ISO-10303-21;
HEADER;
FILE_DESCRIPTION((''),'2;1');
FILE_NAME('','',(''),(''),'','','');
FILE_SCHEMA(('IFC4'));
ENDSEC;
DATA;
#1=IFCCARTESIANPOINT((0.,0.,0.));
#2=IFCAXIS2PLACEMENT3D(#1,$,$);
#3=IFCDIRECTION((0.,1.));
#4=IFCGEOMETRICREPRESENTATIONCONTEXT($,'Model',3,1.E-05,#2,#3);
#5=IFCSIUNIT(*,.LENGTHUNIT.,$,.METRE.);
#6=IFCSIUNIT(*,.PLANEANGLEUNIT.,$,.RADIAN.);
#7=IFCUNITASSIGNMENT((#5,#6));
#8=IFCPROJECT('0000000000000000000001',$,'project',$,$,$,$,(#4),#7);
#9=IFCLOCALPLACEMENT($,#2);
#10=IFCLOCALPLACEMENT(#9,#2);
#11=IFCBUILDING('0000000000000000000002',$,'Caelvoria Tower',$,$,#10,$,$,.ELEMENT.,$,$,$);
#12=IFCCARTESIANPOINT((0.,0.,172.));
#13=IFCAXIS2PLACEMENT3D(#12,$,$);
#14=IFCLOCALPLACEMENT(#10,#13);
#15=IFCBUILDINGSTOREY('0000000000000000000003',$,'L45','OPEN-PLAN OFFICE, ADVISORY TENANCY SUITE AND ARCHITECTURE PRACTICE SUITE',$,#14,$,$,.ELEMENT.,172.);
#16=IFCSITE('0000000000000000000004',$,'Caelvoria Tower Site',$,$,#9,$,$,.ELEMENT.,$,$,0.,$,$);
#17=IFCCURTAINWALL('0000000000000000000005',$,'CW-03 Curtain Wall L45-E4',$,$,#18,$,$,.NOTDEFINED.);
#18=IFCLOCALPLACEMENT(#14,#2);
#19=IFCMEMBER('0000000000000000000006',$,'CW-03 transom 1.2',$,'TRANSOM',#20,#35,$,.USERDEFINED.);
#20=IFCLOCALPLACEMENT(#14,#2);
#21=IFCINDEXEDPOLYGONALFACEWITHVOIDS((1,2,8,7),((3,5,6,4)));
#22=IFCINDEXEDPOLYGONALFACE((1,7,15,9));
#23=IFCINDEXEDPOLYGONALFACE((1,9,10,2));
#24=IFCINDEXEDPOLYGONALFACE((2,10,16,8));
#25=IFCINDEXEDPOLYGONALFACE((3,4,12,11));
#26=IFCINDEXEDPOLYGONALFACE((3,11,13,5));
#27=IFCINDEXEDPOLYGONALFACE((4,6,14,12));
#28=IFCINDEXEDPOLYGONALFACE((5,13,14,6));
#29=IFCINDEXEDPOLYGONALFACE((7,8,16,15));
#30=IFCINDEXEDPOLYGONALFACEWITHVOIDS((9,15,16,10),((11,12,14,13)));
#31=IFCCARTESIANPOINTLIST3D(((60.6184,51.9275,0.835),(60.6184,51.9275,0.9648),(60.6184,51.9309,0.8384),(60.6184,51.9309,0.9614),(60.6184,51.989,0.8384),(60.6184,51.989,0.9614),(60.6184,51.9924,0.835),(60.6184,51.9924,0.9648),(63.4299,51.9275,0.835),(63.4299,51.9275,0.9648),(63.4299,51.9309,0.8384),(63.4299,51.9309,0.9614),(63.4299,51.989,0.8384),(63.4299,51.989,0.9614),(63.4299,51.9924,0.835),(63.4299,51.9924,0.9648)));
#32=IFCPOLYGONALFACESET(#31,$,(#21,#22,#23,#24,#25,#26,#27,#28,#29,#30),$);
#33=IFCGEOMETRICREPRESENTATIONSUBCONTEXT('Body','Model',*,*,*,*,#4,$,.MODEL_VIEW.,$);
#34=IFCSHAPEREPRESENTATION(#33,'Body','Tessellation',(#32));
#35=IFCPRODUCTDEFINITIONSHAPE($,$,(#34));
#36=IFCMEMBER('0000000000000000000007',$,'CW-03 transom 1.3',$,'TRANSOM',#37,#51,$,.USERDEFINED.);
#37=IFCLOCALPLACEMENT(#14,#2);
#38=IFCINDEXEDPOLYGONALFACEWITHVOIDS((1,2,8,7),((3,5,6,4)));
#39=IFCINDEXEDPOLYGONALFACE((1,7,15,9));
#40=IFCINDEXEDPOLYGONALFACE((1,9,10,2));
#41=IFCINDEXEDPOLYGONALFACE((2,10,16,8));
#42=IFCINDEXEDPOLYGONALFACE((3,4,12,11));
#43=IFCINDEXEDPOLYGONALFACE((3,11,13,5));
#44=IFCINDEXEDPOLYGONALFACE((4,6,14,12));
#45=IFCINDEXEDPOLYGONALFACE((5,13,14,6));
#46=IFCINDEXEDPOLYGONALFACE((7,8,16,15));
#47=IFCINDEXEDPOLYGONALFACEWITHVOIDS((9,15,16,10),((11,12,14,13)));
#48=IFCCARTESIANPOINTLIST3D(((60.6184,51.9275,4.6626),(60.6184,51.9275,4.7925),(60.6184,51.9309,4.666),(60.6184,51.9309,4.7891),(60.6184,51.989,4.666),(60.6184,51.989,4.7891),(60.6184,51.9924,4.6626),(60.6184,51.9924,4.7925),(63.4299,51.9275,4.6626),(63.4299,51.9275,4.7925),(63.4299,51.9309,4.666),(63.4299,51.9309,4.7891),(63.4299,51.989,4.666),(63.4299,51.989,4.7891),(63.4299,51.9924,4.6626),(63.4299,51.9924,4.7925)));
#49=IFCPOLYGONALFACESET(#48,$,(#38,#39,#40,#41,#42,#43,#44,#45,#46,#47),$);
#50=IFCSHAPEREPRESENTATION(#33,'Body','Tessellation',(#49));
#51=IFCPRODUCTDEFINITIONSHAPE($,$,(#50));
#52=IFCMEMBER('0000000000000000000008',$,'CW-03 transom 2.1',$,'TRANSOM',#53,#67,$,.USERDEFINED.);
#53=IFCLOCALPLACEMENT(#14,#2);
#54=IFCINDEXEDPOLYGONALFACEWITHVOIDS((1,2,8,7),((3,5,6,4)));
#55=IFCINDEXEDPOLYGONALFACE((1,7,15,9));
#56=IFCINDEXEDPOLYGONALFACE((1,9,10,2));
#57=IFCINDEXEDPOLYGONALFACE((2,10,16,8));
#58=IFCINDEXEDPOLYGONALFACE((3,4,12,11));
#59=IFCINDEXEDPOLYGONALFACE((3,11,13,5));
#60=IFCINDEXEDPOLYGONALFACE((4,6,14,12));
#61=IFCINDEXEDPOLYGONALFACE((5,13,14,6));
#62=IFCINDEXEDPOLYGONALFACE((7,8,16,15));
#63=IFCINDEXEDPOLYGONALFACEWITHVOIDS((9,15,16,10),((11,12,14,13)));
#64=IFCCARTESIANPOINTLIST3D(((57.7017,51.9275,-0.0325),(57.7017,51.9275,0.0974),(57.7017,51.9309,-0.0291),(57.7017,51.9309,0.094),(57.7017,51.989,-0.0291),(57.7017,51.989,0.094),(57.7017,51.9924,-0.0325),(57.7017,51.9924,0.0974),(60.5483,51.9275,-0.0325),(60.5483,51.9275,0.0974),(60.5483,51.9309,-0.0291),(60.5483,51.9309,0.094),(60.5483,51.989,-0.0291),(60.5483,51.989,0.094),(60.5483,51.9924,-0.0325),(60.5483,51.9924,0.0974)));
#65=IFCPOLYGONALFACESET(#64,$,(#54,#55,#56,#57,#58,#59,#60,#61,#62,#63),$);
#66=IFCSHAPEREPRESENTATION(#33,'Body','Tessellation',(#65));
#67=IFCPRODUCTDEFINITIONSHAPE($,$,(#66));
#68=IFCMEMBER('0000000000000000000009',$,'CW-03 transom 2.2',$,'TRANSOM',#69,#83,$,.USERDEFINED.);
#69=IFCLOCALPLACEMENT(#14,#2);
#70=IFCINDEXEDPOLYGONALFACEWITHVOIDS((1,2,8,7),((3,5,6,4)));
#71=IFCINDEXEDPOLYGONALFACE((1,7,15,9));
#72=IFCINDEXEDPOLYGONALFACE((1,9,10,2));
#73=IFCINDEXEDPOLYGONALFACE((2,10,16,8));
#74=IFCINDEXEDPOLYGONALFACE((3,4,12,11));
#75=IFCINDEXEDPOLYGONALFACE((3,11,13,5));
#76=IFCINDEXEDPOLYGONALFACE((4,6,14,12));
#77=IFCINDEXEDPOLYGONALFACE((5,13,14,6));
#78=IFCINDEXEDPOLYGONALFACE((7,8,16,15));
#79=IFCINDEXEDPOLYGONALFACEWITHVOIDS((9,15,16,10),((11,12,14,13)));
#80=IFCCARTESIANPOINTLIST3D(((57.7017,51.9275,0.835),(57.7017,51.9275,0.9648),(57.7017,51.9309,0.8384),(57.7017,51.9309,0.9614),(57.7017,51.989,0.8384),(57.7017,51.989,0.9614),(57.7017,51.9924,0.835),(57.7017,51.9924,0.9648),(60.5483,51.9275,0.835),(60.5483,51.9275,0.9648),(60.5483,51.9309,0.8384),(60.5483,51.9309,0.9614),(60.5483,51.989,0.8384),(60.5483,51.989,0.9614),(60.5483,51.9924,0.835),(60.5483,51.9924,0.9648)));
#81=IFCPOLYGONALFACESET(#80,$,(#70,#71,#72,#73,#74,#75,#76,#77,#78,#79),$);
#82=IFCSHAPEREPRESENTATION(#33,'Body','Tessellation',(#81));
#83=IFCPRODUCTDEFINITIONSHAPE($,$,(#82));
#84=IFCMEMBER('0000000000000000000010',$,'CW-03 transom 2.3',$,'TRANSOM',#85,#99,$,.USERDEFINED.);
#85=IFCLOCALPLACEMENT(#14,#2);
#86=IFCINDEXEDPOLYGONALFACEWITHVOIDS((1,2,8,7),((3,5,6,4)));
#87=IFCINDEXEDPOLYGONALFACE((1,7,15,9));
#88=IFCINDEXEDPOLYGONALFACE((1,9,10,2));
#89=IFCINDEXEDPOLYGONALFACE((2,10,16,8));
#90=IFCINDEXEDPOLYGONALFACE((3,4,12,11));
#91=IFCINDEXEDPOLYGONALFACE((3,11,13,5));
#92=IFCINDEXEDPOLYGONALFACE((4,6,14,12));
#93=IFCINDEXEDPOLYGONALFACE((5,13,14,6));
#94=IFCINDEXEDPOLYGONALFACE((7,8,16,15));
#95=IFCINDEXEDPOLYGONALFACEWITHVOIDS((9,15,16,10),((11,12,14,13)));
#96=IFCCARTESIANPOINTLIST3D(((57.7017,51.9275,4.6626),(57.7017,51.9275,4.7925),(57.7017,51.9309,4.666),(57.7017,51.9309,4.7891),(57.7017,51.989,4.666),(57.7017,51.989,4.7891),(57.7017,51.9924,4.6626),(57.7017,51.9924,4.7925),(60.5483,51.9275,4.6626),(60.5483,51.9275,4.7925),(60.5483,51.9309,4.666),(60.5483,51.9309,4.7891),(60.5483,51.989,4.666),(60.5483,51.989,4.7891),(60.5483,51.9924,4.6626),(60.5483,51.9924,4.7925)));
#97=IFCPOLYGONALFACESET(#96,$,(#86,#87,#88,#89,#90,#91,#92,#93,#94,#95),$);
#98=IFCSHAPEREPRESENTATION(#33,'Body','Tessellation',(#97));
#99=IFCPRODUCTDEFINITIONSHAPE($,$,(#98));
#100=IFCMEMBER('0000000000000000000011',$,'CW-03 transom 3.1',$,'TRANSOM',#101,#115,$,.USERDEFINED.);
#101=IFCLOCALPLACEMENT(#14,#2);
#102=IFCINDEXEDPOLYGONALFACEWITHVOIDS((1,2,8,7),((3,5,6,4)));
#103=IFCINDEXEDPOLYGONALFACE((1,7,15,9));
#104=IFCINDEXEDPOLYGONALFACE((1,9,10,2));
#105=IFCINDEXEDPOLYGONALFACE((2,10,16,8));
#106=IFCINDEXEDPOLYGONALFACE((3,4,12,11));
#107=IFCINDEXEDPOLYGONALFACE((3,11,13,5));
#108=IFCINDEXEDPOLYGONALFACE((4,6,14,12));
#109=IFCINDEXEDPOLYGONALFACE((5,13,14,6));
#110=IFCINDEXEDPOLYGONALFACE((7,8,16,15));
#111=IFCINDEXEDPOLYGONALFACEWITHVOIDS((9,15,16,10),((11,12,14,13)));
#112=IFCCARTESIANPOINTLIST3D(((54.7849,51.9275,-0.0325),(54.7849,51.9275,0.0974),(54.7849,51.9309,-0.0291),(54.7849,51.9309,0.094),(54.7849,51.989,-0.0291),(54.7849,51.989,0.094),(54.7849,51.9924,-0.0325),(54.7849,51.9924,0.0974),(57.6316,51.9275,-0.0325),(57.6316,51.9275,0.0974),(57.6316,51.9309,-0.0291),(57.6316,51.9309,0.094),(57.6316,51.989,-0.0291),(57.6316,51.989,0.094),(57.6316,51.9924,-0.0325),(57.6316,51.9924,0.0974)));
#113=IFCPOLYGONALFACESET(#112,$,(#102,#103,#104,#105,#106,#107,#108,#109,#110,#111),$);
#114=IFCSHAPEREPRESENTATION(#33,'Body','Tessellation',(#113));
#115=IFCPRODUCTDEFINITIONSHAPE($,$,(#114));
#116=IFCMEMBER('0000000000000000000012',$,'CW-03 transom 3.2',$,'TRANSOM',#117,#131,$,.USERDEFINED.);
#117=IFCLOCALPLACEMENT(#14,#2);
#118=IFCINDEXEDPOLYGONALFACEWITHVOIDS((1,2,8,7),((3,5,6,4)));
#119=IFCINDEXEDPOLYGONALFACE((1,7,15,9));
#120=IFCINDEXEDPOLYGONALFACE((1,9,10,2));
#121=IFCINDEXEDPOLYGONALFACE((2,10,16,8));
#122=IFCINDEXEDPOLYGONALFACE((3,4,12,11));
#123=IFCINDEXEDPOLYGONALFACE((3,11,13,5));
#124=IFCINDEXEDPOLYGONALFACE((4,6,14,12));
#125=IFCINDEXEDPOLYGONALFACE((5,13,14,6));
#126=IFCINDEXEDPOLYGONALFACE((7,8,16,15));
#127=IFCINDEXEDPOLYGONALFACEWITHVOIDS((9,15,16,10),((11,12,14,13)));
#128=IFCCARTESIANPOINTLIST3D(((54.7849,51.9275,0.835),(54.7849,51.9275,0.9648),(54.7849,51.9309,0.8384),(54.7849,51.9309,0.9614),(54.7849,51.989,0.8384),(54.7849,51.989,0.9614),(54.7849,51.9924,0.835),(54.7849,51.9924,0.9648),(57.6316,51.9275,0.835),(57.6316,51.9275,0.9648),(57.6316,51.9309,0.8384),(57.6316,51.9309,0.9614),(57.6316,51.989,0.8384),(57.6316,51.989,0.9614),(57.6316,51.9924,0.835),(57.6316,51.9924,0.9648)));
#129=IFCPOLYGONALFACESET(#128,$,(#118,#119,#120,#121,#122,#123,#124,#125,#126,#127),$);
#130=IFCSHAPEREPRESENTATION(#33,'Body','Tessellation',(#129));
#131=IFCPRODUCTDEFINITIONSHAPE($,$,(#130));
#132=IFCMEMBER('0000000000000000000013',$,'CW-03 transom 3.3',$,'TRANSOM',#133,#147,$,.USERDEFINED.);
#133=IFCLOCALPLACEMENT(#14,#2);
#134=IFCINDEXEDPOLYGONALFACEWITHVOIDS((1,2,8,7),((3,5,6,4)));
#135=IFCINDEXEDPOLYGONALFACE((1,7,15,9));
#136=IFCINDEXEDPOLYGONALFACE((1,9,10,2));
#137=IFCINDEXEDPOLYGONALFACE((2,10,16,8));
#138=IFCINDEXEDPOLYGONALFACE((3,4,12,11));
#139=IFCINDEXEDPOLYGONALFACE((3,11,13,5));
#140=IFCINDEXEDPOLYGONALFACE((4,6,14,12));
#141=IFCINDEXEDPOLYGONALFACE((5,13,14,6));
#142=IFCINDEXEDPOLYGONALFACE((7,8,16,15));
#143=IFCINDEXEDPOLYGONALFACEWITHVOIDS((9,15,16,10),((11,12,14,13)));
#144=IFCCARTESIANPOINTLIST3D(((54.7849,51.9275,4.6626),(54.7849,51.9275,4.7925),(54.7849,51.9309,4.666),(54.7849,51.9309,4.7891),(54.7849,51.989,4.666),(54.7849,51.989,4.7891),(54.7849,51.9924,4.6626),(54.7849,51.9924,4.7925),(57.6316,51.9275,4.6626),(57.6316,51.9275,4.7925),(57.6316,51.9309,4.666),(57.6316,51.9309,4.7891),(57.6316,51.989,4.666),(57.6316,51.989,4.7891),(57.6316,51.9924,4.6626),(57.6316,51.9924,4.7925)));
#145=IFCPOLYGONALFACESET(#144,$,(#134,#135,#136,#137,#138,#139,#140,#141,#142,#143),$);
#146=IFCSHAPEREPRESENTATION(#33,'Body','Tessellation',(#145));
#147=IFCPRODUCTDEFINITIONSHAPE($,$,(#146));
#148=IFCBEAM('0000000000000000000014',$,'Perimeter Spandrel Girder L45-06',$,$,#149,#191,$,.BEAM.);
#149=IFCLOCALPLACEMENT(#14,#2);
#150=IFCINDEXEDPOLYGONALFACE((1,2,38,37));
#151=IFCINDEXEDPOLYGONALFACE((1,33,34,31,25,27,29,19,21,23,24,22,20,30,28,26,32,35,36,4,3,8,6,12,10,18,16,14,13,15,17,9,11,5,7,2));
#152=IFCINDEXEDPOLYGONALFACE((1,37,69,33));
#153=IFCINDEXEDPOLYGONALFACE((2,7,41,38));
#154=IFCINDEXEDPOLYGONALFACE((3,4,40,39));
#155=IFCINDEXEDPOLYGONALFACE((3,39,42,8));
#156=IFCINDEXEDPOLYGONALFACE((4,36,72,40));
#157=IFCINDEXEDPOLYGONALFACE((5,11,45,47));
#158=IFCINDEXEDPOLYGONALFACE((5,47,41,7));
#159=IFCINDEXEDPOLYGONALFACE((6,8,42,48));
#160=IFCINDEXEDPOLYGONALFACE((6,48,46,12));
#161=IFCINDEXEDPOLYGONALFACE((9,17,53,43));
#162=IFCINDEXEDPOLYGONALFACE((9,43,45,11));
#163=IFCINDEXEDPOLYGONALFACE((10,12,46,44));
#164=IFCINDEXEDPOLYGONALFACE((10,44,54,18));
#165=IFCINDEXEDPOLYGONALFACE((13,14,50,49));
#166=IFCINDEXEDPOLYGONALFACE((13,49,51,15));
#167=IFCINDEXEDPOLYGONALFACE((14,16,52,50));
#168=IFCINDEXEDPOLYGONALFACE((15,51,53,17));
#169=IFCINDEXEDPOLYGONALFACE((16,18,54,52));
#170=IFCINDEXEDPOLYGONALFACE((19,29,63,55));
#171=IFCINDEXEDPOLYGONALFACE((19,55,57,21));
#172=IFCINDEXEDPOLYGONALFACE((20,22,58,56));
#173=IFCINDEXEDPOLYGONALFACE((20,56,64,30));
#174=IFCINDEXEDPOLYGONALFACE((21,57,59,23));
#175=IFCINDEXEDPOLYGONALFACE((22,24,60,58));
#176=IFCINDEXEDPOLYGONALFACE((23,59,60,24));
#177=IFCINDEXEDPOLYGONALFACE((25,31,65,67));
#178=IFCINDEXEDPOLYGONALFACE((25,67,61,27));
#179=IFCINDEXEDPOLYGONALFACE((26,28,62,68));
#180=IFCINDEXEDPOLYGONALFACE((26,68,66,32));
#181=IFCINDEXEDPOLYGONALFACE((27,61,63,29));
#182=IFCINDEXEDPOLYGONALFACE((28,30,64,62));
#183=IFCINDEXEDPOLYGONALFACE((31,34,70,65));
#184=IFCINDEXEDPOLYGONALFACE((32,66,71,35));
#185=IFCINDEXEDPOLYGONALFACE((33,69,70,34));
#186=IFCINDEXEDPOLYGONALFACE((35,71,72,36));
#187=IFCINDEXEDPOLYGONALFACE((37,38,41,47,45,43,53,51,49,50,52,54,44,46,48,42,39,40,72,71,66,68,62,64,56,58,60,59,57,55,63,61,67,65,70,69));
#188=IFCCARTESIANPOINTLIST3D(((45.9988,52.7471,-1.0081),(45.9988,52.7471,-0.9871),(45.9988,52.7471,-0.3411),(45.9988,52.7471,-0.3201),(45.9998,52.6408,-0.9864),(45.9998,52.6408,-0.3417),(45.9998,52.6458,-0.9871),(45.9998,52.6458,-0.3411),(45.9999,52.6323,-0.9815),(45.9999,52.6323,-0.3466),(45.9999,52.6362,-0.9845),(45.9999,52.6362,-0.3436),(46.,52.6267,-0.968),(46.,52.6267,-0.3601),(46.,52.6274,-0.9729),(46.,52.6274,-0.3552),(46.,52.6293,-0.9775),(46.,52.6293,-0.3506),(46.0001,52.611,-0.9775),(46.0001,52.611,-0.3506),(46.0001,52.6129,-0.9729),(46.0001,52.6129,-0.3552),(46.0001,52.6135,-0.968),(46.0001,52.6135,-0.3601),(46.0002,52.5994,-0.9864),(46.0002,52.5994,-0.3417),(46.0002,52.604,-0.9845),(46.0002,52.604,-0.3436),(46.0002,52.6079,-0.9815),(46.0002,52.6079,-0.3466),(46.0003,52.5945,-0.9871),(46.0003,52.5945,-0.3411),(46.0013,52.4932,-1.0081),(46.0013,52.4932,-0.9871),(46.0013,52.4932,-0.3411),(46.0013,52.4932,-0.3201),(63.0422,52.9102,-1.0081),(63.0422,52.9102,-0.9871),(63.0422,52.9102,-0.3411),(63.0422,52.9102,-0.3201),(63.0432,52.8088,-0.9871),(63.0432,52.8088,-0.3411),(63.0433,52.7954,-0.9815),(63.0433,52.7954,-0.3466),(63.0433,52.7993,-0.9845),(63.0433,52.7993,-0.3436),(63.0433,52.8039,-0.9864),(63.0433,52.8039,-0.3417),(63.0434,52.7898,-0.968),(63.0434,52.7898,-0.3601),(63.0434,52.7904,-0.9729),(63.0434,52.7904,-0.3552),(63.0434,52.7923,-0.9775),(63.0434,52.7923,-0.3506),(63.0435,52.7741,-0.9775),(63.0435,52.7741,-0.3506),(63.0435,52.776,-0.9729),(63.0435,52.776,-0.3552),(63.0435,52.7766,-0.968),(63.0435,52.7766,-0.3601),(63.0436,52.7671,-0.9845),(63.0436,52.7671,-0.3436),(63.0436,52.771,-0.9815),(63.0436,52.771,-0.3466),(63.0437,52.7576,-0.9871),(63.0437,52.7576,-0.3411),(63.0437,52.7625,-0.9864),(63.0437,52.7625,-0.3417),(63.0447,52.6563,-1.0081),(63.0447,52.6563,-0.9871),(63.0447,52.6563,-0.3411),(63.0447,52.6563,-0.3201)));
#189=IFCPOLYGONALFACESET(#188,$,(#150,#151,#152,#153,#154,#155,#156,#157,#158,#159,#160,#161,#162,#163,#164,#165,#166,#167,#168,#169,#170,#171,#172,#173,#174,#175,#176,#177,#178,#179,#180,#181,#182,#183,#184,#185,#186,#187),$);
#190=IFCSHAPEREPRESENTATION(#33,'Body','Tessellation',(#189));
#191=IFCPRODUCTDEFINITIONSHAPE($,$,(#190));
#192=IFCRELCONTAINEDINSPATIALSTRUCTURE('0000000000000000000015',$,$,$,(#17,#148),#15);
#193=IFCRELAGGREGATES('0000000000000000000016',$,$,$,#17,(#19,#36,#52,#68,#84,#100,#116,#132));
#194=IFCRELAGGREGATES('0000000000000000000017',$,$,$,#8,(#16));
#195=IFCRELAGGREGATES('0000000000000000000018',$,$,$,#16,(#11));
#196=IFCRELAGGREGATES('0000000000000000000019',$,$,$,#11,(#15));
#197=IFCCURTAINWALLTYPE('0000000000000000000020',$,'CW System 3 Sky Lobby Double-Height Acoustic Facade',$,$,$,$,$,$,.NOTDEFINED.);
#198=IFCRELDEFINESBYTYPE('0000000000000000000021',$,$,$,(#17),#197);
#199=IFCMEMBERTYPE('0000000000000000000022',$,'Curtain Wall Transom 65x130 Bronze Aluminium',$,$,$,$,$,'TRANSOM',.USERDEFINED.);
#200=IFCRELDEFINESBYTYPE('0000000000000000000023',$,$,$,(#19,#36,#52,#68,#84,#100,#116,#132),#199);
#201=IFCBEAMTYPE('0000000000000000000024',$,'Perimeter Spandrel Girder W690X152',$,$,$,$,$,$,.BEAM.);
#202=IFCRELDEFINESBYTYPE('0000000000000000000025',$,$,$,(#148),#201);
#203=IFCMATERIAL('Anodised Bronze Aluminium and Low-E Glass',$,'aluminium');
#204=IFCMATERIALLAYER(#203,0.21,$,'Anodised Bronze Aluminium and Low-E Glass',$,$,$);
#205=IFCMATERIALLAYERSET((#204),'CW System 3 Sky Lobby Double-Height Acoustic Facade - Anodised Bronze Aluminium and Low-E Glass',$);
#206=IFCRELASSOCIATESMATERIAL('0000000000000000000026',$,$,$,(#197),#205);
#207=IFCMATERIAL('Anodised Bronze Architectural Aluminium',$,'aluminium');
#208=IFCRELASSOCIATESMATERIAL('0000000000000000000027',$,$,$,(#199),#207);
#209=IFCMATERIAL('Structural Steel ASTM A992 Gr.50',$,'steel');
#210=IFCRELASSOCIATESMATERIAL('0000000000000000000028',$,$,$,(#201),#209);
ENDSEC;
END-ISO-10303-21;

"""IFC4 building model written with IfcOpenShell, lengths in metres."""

from ifc_helpers import new_model, si_unit, direction, frame, origin, origin_2d, place, context, subcontext, project, spatial, hollow_rectangle, i_section, extrude, material, layer, layer_set, material_profile, profile_set, type_object, element, aggregate, save


model = new_model("IFC4")

# Units and contexts
model_context = context("Model", 3, precision=1e-05, world=origin(), true_north=direction((0.0, 1.0)))
body_context = subcontext(model_context, "Body", "Model", "MODEL_VIEW")
ifc_project = project(units=[si_unit("LENGTHUNIT", "METRE"), si_unit("PLANEANGLEUNIT", "RADIAN")], contexts=[model_context])

# Site, building, storey
site_placement = place(None, origin())
site = spatial("IfcSite", under=ifc_project, at=site_placement, Name="Caelvoria Tower Site", CompositionType="ELEMENT", RefElevation=0.0)
building_placement = place(site_placement, origin())
building = spatial("IfcBuilding", under=site, at=building_placement, Name="Caelvoria Tower", CompositionType="ELEMENT")
storey_placement = place(building_placement, frame((0.0, 0.0, 172.0)))
storey = spatial("IfcBuildingStorey", under=building, at=storey_placement, Name="L45", Description="OPEN-PLAN OFFICE, ADVISORY TENANCY SUITE AND ARCHITECTURE PRACTICE SUITE", CompositionType="ELEMENT", Elevation=172.0)

# Curtain wall
ifc_material_1 = material(Name="Anodised Bronze Aluminium and Low-E Glass", Category="aluminium")
ifc_layer_1 = layer(ifc_material_1, 0.21, Name="Anodised Bronze Aluminium and Low-E Glass")
ifc_layer_set_1 = layer_set([ifc_layer_1], Name="CW System 3 Sky Lobby Double-Height Acoustic Facade - Anodised Bronze Aluminium and Low-E Glass")
curtain_wall_type = type_object("IfcCurtainWallType", Name="CW System 3 Sky Lobby Double-Height Acoustic Facade", PredefinedType="NOTDEFINED", material=ifc_layer_set_1)
ifc_material_2 = material(Name="Anodised Bronze Architectural Aluminium", Category="aluminium")
curtain_wall_1_placement = place(storey_placement, origin())
curtain_wall_1 = element("IfcCurtainWall", 1, at=curtain_wall_1_placement, inside=storey, type_object=curtain_wall_type, Name="CW-03 Curtain Wall L45-E4", PredefinedType="NOTDEFINED")

# Members
ifc_material_profile_1 = material_profile(ifc_material_2, hollow_rectangle(XDim=0.0649, YDim=0.1299, WallThickness=0.0034, at=origin_2d()), Name="Anodised Bronze Architectural Aluminium")
ifc_profile_set_1 = profile_set([ifc_material_profile_1], Name="CW_TRAN_65X130 - Anodised Bronze Architectural Aluminium")
member_type_1 = type_object("IfcMemberType", Name="Curtain Wall Transom 65x130 Bronze Aluminium", ElementType="TRANSOM", PredefinedType="USERDEFINED", material=ifc_profile_set_1)
member_1_placement = place(storey_placement, frame((63.4299, 51.96, 0.8999), z_axis=(-1.0, 0.0, 0.0), x_axis=(0.0, -1.0, 0.0)))
member_1 = element("IfcMember", 2, at=member_1_placement, type_object=member_type_1, Name="CW-03 transom 1.2", ObjectType="TRANSOM", PredefinedType="USERDEFINED", context=body_context, shape_type="SweptSolid", body=[
    extrude(hollow_rectangle(XDim=0.0649, YDim=0.1299, WallThickness=0.0034, at=origin_2d()), origin(), (0.0, 0.0, 1.0), 2.8115),
])
member_2_placement = place(storey_placement, frame((63.4299, 51.96, 4.7275), z_axis=(-1.0, 0.0, 0.0), x_axis=(0.0, -1.0, 0.0)))
member_2 = element("IfcMember", 3, at=member_2_placement, type_object=member_type_1, Name="CW-03 transom 1.3", ObjectType="TRANSOM", PredefinedType="USERDEFINED", context=body_context, shape_type="SweptSolid", body=[
    extrude(hollow_rectangle(XDim=0.0649, YDim=0.1299, WallThickness=0.0034, at=origin_2d()), origin(), (0.0, 0.0, 1.0), 2.8115),
])
member_3_placement = place(storey_placement, frame((60.5483, 51.96, 0.0325), z_axis=(-1.0, 0.0, 0.0), x_axis=(0.0, -1.0, 0.0)))
member_3 = element("IfcMember", 4, at=member_3_placement, type_object=member_type_1, Name="CW-03 transom 2.1", ObjectType="TRANSOM", PredefinedType="USERDEFINED", context=body_context, shape_type="SweptSolid", body=[
    extrude(hollow_rectangle(XDim=0.0649, YDim=0.1299, WallThickness=0.0034, at=origin_2d()), origin(), (0.0, 0.0, 1.0), 2.8467),
])
member_4_placement = place(storey_placement, frame((60.5483, 51.96, 0.8999), z_axis=(-1.0, 0.0, 0.0), x_axis=(0.0, -1.0, 0.0)))
member_4 = element("IfcMember", 5, at=member_4_placement, type_object=member_type_1, Name="CW-03 transom 2.2", ObjectType="TRANSOM", PredefinedType="USERDEFINED", context=body_context, shape_type="SweptSolid", body=[
    extrude(hollow_rectangle(XDim=0.0649, YDim=0.1299, WallThickness=0.0034, at=origin_2d()), origin(), (0.0, 0.0, 1.0), 2.8467),
])
member_5_placement = place(storey_placement, frame((60.5483, 51.96, 4.7275), z_axis=(-1.0, 0.0, 0.0), x_axis=(0.0, -1.0, 0.0)))
member_5 = element("IfcMember", 6, at=member_5_placement, type_object=member_type_1, Name="CW-03 transom 2.3", ObjectType="TRANSOM", PredefinedType="USERDEFINED", context=body_context, shape_type="SweptSolid", body=[
    extrude(hollow_rectangle(XDim=0.0649, YDim=0.1299, WallThickness=0.0034, at=origin_2d()), origin(), (0.0, 0.0, 1.0), 2.8467),
])
member_6_placement = place(storey_placement, frame((57.6316, 51.96, 0.0325), z_axis=(-1.0, 0.0, 0.0), x_axis=(0.0, -1.0, 0.0)))
member_6 = element("IfcMember", 7, at=member_6_placement, type_object=member_type_1, Name="CW-03 transom 3.1", ObjectType="TRANSOM", PredefinedType="USERDEFINED", context=body_context, shape_type="SweptSolid", body=[
    extrude(hollow_rectangle(XDim=0.0649, YDim=0.1299, WallThickness=0.0034, at=origin_2d()), origin(), (0.0, 0.0, 1.0), 2.8467),
])
member_7_placement = place(storey_placement, frame((57.6316, 51.96, 0.8999), z_axis=(-1.0, 0.0, 0.0), x_axis=(0.0, -1.0, 0.0)))
member_7 = element("IfcMember", 8, at=member_7_placement, type_object=member_type_1, Name="CW-03 transom 3.2", ObjectType="TRANSOM", PredefinedType="USERDEFINED", context=body_context, shape_type="SweptSolid", body=[
    extrude(hollow_rectangle(XDim=0.0649, YDim=0.1299, WallThickness=0.0034, at=origin_2d()), origin(), (0.0, 0.0, 1.0), 2.8467),
])
member_8_placement = place(storey_placement, frame((57.6316, 51.96, 4.7275), z_axis=(-1.0, 0.0, 0.0), x_axis=(0.0, -1.0, 0.0)))
member_8 = element("IfcMember", 9, at=member_8_placement, type_object=member_type_1, Name="CW-03 transom 3.3", ObjectType="TRANSOM", PredefinedType="USERDEFINED", context=body_context, shape_type="SweptSolid", body=[
    extrude(hollow_rectangle(XDim=0.0649, YDim=0.1299, WallThickness=0.0034, at=origin_2d()), origin(), (0.0, 0.0, 1.0), 2.8467),
])

# Beam
ifc_material_3 = material(Name="Structural Steel ASTM A992 Gr.50", Category="steel")
ifc_material_profile_2 = material_profile(ifc_material_3, i_section(OverallWidth=0.2539, OverallDepth=0.688, WebThickness=0.0132, FlangeThickness=0.021, FilletRadius=0.019, at=origin_2d()), Name="Structural Steel ASTM A992 Gr.50")
ifc_profile_set_2 = profile_set([ifc_material_profile_2], Name="W690X152 - Structural Steel ASTM A992 Gr.50")
beam_type = type_object("IfcBeamType", Name="Perimeter Spandrel Girder W690X152", PredefinedType="BEAM", material=ifc_profile_set_2)
beam_placement = place(storey_placement, frame((63.0435, 52.7832, -0.6641), z_axis=(-0.999954, -0.009568, 0.0), x_axis=(0.009568, -0.999954, 0.0)))
element("IfcBeam", 10, at=beam_placement, inside=storey, type_object=beam_type, Name="Perimeter Spandrel Girder L45-06", PredefinedType="BEAM", context=body_context, shape_type="SweptSolid", body=[
    extrude(i_section(OverallWidth=0.2539, OverallDepth=0.688, WebThickness=0.0132, FlangeThickness=0.021, FilletRadius=0.019, at=origin_2d()), origin(), (0.0, 0.0, 1.0), 17.0442),
])

aggregate(curtain_wall_1, [member_1, member_2, member_3, member_4, member_5, member_6, member_7, member_8])

save(model, "model.ifc")
